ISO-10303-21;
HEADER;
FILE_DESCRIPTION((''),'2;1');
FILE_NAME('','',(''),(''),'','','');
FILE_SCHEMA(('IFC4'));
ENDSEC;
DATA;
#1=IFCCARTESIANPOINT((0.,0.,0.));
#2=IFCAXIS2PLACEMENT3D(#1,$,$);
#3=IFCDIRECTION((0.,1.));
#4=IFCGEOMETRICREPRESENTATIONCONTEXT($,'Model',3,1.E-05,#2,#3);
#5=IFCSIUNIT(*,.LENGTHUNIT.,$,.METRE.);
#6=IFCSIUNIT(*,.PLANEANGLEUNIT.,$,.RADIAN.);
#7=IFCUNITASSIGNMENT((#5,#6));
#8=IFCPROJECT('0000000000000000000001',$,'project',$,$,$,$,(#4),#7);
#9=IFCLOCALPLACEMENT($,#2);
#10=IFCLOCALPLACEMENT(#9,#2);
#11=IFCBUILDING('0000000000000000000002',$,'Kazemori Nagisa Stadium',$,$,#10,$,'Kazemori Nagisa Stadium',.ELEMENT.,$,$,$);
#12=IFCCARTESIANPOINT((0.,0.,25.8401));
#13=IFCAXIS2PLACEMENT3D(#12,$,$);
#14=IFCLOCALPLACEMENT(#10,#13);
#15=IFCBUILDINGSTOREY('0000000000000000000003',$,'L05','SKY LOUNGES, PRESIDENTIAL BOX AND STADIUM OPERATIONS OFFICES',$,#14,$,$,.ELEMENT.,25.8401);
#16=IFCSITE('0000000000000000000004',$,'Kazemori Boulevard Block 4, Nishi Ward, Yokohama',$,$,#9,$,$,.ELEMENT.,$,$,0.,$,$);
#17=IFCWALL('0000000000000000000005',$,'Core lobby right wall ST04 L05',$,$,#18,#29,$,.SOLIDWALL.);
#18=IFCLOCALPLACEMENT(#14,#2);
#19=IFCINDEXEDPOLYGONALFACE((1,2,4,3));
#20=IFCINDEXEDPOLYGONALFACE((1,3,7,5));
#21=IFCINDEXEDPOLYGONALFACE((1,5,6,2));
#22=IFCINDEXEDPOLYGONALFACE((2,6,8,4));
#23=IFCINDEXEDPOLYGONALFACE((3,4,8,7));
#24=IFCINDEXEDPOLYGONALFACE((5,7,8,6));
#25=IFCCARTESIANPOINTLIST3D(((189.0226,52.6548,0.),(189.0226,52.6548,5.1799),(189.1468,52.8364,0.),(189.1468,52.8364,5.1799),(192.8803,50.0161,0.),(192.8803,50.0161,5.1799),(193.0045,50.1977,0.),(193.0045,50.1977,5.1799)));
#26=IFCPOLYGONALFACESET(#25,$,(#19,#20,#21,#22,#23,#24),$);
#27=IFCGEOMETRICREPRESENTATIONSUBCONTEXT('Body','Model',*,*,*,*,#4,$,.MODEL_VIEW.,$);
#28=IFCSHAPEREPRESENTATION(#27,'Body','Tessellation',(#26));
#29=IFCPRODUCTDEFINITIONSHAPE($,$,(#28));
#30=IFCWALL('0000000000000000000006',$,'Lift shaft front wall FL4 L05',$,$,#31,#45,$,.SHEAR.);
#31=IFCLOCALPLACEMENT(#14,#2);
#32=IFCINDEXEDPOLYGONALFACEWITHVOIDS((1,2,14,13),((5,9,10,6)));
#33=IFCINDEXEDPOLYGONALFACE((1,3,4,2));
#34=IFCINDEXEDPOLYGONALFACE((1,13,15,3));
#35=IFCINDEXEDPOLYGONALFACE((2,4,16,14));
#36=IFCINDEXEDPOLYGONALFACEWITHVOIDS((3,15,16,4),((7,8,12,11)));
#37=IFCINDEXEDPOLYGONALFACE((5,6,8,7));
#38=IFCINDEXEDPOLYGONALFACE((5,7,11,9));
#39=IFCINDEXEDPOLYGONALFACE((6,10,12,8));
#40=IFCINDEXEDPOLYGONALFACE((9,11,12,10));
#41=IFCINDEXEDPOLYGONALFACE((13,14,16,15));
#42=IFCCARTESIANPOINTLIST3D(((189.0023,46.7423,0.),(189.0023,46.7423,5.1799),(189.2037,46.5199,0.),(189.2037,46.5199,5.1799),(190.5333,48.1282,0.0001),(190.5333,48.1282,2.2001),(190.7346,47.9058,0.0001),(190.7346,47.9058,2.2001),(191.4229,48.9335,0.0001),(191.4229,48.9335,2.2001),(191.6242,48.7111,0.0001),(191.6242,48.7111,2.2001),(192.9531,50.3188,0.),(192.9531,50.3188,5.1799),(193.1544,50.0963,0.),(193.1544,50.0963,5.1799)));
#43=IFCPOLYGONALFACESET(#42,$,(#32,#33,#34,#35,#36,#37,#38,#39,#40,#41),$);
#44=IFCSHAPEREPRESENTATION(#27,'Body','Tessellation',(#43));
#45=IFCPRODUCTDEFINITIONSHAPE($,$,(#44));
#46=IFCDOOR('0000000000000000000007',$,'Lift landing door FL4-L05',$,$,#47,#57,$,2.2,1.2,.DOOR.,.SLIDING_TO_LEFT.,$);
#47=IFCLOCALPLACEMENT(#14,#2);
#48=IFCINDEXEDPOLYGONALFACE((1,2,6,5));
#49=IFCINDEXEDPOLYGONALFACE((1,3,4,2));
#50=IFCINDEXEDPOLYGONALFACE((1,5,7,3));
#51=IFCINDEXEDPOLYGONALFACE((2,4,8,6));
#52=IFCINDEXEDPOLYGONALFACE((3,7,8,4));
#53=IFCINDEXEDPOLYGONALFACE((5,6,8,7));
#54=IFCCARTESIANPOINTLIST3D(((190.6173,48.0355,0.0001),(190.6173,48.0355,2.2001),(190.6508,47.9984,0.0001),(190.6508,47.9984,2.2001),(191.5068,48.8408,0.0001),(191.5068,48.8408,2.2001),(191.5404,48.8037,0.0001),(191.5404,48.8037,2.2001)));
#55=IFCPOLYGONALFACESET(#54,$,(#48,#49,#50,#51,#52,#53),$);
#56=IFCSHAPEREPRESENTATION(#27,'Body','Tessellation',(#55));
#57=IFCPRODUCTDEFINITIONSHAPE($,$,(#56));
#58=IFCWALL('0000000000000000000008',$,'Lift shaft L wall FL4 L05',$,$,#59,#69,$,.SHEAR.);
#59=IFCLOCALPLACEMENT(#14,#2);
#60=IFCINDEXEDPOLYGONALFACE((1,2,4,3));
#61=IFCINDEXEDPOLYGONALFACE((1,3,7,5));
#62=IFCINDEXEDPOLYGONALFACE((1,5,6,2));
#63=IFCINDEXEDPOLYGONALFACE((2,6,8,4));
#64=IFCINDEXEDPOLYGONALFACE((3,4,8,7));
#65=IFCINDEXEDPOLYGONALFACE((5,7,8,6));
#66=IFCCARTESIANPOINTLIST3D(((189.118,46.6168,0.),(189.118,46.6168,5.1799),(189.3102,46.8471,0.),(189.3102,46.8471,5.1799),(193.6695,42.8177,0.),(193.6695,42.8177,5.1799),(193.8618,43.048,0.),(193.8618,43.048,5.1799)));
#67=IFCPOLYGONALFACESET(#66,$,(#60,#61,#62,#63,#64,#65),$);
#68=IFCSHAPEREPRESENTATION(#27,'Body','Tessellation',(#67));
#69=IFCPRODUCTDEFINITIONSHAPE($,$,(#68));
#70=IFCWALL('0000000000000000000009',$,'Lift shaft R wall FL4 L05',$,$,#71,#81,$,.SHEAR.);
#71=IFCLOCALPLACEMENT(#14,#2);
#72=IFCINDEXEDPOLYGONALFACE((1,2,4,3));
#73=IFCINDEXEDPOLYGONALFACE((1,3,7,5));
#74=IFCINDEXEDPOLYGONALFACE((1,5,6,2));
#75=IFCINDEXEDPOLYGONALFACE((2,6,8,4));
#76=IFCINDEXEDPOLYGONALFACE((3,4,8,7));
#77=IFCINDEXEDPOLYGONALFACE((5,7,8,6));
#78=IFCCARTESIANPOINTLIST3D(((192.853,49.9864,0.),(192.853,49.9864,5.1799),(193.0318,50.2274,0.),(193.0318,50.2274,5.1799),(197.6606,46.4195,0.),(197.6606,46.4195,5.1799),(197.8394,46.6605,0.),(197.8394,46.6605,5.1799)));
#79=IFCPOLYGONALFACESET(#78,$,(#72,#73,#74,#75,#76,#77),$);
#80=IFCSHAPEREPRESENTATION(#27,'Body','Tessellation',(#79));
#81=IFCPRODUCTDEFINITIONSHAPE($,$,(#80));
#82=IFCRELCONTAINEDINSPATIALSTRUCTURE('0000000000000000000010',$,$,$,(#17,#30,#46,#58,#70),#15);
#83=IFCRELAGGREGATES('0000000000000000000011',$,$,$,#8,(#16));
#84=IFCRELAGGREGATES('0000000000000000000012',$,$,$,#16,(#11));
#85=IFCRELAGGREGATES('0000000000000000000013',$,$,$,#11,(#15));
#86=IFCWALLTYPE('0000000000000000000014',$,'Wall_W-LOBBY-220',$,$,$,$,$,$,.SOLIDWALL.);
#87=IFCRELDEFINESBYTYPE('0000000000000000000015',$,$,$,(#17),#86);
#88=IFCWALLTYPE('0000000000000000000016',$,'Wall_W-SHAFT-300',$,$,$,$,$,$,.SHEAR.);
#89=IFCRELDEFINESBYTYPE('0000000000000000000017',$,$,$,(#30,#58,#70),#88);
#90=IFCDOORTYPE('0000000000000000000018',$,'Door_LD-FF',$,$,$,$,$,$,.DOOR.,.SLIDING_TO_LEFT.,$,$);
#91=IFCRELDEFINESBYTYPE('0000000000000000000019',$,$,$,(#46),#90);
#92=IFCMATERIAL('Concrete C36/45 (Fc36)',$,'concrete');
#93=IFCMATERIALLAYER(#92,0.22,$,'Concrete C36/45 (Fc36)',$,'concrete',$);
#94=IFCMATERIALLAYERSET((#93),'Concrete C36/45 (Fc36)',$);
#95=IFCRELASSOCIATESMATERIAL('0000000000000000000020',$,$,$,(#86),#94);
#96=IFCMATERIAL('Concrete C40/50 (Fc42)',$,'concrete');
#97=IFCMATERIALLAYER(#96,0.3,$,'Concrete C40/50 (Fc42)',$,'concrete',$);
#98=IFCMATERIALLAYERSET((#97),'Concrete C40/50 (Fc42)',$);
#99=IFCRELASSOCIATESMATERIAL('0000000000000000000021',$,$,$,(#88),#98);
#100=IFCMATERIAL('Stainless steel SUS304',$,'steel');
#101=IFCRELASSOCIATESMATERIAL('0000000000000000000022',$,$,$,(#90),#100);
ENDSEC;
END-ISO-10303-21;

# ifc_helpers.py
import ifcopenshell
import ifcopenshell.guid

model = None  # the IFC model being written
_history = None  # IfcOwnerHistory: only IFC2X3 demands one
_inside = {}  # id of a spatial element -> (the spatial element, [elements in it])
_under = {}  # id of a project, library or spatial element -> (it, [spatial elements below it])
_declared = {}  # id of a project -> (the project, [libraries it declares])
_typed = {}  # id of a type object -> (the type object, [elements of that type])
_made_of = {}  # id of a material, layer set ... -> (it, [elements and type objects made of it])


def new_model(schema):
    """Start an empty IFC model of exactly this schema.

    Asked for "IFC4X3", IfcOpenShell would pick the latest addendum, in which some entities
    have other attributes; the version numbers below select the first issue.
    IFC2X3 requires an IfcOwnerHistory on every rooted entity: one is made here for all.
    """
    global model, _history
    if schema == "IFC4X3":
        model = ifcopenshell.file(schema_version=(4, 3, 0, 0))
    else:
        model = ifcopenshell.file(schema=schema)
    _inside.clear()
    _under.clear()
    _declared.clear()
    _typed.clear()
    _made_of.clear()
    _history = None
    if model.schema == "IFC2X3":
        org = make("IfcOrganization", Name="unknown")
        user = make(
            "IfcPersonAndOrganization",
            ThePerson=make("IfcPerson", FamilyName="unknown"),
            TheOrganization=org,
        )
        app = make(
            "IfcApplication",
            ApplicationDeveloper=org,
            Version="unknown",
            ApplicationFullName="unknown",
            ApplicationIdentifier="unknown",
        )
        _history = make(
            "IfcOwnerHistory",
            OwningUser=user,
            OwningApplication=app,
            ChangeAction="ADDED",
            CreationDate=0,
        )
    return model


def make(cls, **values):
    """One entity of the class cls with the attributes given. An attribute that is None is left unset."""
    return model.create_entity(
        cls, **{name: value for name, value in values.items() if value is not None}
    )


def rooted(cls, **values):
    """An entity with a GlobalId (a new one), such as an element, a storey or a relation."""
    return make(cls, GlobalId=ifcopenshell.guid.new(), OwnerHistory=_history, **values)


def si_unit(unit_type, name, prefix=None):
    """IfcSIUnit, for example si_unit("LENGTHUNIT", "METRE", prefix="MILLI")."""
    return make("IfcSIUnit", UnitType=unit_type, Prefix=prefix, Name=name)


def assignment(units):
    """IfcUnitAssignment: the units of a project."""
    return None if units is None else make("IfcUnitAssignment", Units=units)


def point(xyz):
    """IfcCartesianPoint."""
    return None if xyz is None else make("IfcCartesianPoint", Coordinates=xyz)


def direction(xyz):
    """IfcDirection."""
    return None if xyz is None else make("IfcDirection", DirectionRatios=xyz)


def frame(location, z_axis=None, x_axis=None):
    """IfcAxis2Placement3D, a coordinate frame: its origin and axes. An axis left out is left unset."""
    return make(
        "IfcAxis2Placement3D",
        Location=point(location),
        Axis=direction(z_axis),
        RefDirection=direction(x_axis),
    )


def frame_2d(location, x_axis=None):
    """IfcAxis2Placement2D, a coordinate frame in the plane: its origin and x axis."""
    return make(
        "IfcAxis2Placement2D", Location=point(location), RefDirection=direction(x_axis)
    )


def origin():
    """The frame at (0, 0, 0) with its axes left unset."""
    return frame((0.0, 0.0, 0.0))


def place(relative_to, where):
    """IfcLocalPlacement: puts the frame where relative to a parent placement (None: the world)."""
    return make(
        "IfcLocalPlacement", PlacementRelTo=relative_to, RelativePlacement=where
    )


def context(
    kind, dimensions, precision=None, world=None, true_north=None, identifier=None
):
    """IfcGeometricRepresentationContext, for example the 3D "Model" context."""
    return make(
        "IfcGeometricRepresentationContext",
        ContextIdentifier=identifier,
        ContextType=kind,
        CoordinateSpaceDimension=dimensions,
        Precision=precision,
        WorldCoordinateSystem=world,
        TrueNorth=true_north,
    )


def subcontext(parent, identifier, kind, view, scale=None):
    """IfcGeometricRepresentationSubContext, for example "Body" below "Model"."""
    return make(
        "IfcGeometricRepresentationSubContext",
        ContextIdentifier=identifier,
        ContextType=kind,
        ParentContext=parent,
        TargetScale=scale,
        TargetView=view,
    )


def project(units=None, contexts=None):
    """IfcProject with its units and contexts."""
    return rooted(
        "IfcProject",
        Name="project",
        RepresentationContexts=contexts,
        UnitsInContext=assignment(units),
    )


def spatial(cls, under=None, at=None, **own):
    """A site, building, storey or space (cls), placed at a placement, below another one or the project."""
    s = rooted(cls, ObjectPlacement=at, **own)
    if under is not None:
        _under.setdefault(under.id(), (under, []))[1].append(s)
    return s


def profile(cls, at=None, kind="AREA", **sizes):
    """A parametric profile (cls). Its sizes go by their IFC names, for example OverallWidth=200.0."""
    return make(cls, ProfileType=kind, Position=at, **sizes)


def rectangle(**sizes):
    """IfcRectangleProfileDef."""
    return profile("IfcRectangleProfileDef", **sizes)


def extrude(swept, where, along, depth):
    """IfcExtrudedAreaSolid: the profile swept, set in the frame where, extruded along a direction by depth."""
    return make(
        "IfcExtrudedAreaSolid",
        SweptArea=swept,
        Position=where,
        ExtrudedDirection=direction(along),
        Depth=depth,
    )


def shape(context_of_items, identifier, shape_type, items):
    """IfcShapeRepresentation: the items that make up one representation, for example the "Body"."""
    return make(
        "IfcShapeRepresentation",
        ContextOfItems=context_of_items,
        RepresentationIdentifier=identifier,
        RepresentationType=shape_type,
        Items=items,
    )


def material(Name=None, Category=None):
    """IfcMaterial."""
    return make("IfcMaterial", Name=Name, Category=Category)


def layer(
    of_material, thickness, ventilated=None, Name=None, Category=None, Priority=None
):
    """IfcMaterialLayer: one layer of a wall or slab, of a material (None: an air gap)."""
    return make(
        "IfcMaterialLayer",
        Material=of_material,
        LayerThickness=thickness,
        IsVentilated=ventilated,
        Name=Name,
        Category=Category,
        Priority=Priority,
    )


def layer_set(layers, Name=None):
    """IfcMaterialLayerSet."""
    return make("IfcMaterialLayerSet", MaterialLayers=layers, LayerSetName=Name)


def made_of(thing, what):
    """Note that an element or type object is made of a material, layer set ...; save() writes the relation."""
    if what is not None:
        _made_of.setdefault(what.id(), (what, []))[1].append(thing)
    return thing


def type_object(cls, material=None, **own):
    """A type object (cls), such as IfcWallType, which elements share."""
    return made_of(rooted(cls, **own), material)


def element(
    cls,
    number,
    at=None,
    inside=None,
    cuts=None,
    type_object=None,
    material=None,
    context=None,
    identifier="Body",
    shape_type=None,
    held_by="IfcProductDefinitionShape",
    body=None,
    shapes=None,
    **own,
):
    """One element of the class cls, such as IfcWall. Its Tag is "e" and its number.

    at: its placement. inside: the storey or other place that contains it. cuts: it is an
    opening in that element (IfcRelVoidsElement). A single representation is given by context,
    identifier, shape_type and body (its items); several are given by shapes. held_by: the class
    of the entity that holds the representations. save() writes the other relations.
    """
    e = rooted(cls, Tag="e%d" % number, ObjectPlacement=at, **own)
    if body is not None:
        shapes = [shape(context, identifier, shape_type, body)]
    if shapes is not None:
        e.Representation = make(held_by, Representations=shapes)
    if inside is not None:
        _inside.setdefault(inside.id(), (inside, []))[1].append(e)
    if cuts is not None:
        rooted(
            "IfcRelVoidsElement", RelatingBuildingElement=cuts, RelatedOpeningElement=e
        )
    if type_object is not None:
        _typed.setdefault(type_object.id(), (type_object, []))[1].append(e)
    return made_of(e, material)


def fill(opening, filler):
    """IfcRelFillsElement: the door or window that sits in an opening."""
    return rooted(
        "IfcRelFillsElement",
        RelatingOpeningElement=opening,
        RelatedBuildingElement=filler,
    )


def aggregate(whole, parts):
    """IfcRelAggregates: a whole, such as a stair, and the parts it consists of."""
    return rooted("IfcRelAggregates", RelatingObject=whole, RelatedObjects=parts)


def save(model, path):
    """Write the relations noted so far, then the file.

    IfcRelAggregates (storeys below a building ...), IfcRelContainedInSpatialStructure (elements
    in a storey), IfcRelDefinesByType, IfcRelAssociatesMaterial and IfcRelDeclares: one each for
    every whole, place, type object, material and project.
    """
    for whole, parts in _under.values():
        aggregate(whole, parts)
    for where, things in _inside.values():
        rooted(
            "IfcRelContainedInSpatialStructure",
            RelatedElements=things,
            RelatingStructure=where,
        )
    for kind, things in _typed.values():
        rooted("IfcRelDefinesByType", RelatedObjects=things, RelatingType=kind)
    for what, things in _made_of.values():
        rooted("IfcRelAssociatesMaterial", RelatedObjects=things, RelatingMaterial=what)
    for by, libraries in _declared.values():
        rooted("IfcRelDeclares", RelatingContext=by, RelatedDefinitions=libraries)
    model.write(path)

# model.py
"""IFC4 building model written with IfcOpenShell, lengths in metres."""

from ifc_helpers import new_model, si_unit, direction, frame, frame_2d, origin, place, context, subcontext, project, spatial, rectangle, extrude, material, layer, layer_set, type_object, element, fill, save


model = new_model("IFC4")

# Units and contexts
model_context = context("Model", 3, precision=1e-05, world=origin(), true_north=direction((0.0, 1.0)))
body_context = subcontext(model_context, "Body", "Model", "MODEL_VIEW")
ifc_project = project(units=[si_unit("LENGTHUNIT", "METRE"), si_unit("PLANEANGLEUNIT", "RADIAN")], contexts=[model_context])

# Site, building, storey
site_placement = place(None, origin())
site = spatial("IfcSite", under=ifc_project, at=site_placement, Name="Kazemori Boulevard Block 4, Nishi Ward, Yokohama", CompositionType="ELEMENT", RefElevation=0.0)
building_placement = place(site_placement, origin())
building = spatial("IfcBuilding", under=site, at=building_placement, Name="Kazemori Nagisa Stadium", LongName="Kazemori Nagisa Stadium", CompositionType="ELEMENT")
storey_placement = place(building_placement, frame((0.0, 0.0, 25.8401)))
storey = spatial("IfcBuildingStorey", under=building, at=storey_placement, Name="L05", Description="SKY LOUNGES, PRESIDENTIAL BOX AND STADIUM OPERATIONS OFFICES", CompositionType="ELEMENT", Elevation=25.8401)

# Shared definitions
ifc_material_1 = material(Name="Concrete C40/50 (Fc42)", Category="concrete")

# Wall
ifc_material_2 = material(Name="Concrete C36/45 (Fc36)", Category="concrete")
ifc_layer_1 = layer(ifc_material_2, 0.22, Name="Concrete C36/45 (Fc36)", Category="concrete")
ifc_layer_set_1 = layer_set([ifc_layer_1], Name="Concrete C36/45 (Fc36)")
wall_type_1 = type_object("IfcWallType", Name="Wall_W-LOBBY-220", PredefinedType="SOLIDWALL", material=ifc_layer_set_1)
wall_1_placement = place(storey_placement, frame((189.0847, 52.7456, 0.0), z_axis=(0.0, 0.0, 1.0), x_axis=(0.825385, -0.56457, 0.0)))
element("IfcWall", 1, at=wall_1_placement, inside=storey, type_object=wall_type_1, Name="Core lobby right wall ST04 L05", PredefinedType="SOLIDWALL", context=body_context, shape_type="SweptSolid", body=[
    extrude(rectangle(XDim=4.6738, YDim=0.22, at=frame_2d((2.3369, 0.0))), origin(), (0.0, 0.0, 1.0), 5.1799),
])

# Wall, opening, door
ifc_layer_2 = layer(ifc_material_1, 0.3, Name="Concrete C40/50 (Fc42)", Category="concrete")
ifc_layer_set_2 = layer_set([ifc_layer_2], Name="Concrete C40/50 (Fc42)")
wall_type_2 = type_object("IfcWallType", Name="Wall_W-SHAFT-300", PredefinedType="SHEAR", material=ifc_layer_set_2)
wall_2_placement = place(storey_placement, frame((189.103, 46.6311, 0.0), z_axis=(0.0, 0.0, 1.0), x_axis=(0.74135, 0.671118, 0.0)))
wall_2 = element("IfcWall", 2, at=wall_2_placement, inside=storey, type_object=wall_type_2, Name="Lift shaft front wall FL4 L05", PredefinedType="SHEAR", context=body_context, shape_type="SweptSolid", body=[
    extrude(rectangle(XDim=5.3291, YDim=0.3, at=frame_2d((2.6646, 0.0))), origin(), (0.0, 0.0, 1.0), 5.1799),
])
opening_placement = place(wall_2_placement, frame((2.0649, 0.0, 0.0)))
opening = element("IfcOpeningElement", 3, at=opening_placement, cuts=wall_2, PredefinedType="OPENING", context=body_context, shape_type="SweptSolid", body=[
    extrude(rectangle(XDim=1.2, YDim=2.2, at=frame_2d((0.6001, 1.1001))), frame((0.0, 0.1599, 0.0), z_axis=(0.0, -1.0, 0.0), x_axis=(1.0, 0.0, 0.0)), (0.0, 0.0, 1.0), 0.3201),
])
ifc_material_3 = material(Name="Stainless steel SUS304", Category="steel")
door_type = type_object("IfcDoorType", Name="Door_LD-FF", OperationType="SLIDING_TO_LEFT", PredefinedType="DOOR", material=ifc_material_3)
door_placement = place(opening_placement, origin())
door = element("IfcDoor", 4, at=door_placement, inside=storey, type_object=door_type, Name="Lift landing door FL4-L05", OperationType="SLIDING_TO_LEFT", OverallHeight=2.2, OverallWidth=1.2, PredefinedType="DOOR", context=body_context, shape_type="SweptSolid", body=[
    extrude(rectangle(XDim=1.2, YDim=2.2, at=frame_2d((0.6001, 1.1001))), frame((0.0, 0.0249, 0.0), z_axis=(0.0, -1.0, 0.0), x_axis=(1.0, 0.0, 0.0)), (0.0, 0.0, 1.0), 0.05),
])
fill(opening, door)

# Walls
wall_3_placement = place(storey_placement, frame((189.2141, 46.7319, 0.0), z_axis=(0.0, 0.0, 1.0), x_axis=(0.767711, -0.640796, 0.0)))
element("IfcWall", 5, at=wall_3_placement, inside=storey, type_object=wall_type_2, Name="Lift shaft L wall FL4 L05", PredefinedType="SHEAR", context=body_context, shape_type="SweptSolid", body=[
    extrude(rectangle(XDim=5.9287, YDim=0.3, at=frame_2d((2.9644, 0.0))), origin(), (0.0, 0.0, 1.0), 5.1799),
])
wall_4_placement = place(storey_placement, frame((192.9424, 50.1069, 0.0), z_axis=(0.0, 0.0, 1.0), x_axis=(0.803102, -0.595842, 0.0)))
element("IfcWall", 6, at=wall_4_placement, inside=storey, type_object=wall_type_2, Name="Lift shaft R wall FL4 L05", PredefinedType="SHEAR", context=body_context, shape_type="SweptSolid", body=[
    extrude(rectangle(XDim=5.9863, YDim=0.3, at=frame_2d((2.9932, 0.0))), origin(), (0.0, 0.0, 1.0), 5.1799),
])

save(model, "model.ifc")
